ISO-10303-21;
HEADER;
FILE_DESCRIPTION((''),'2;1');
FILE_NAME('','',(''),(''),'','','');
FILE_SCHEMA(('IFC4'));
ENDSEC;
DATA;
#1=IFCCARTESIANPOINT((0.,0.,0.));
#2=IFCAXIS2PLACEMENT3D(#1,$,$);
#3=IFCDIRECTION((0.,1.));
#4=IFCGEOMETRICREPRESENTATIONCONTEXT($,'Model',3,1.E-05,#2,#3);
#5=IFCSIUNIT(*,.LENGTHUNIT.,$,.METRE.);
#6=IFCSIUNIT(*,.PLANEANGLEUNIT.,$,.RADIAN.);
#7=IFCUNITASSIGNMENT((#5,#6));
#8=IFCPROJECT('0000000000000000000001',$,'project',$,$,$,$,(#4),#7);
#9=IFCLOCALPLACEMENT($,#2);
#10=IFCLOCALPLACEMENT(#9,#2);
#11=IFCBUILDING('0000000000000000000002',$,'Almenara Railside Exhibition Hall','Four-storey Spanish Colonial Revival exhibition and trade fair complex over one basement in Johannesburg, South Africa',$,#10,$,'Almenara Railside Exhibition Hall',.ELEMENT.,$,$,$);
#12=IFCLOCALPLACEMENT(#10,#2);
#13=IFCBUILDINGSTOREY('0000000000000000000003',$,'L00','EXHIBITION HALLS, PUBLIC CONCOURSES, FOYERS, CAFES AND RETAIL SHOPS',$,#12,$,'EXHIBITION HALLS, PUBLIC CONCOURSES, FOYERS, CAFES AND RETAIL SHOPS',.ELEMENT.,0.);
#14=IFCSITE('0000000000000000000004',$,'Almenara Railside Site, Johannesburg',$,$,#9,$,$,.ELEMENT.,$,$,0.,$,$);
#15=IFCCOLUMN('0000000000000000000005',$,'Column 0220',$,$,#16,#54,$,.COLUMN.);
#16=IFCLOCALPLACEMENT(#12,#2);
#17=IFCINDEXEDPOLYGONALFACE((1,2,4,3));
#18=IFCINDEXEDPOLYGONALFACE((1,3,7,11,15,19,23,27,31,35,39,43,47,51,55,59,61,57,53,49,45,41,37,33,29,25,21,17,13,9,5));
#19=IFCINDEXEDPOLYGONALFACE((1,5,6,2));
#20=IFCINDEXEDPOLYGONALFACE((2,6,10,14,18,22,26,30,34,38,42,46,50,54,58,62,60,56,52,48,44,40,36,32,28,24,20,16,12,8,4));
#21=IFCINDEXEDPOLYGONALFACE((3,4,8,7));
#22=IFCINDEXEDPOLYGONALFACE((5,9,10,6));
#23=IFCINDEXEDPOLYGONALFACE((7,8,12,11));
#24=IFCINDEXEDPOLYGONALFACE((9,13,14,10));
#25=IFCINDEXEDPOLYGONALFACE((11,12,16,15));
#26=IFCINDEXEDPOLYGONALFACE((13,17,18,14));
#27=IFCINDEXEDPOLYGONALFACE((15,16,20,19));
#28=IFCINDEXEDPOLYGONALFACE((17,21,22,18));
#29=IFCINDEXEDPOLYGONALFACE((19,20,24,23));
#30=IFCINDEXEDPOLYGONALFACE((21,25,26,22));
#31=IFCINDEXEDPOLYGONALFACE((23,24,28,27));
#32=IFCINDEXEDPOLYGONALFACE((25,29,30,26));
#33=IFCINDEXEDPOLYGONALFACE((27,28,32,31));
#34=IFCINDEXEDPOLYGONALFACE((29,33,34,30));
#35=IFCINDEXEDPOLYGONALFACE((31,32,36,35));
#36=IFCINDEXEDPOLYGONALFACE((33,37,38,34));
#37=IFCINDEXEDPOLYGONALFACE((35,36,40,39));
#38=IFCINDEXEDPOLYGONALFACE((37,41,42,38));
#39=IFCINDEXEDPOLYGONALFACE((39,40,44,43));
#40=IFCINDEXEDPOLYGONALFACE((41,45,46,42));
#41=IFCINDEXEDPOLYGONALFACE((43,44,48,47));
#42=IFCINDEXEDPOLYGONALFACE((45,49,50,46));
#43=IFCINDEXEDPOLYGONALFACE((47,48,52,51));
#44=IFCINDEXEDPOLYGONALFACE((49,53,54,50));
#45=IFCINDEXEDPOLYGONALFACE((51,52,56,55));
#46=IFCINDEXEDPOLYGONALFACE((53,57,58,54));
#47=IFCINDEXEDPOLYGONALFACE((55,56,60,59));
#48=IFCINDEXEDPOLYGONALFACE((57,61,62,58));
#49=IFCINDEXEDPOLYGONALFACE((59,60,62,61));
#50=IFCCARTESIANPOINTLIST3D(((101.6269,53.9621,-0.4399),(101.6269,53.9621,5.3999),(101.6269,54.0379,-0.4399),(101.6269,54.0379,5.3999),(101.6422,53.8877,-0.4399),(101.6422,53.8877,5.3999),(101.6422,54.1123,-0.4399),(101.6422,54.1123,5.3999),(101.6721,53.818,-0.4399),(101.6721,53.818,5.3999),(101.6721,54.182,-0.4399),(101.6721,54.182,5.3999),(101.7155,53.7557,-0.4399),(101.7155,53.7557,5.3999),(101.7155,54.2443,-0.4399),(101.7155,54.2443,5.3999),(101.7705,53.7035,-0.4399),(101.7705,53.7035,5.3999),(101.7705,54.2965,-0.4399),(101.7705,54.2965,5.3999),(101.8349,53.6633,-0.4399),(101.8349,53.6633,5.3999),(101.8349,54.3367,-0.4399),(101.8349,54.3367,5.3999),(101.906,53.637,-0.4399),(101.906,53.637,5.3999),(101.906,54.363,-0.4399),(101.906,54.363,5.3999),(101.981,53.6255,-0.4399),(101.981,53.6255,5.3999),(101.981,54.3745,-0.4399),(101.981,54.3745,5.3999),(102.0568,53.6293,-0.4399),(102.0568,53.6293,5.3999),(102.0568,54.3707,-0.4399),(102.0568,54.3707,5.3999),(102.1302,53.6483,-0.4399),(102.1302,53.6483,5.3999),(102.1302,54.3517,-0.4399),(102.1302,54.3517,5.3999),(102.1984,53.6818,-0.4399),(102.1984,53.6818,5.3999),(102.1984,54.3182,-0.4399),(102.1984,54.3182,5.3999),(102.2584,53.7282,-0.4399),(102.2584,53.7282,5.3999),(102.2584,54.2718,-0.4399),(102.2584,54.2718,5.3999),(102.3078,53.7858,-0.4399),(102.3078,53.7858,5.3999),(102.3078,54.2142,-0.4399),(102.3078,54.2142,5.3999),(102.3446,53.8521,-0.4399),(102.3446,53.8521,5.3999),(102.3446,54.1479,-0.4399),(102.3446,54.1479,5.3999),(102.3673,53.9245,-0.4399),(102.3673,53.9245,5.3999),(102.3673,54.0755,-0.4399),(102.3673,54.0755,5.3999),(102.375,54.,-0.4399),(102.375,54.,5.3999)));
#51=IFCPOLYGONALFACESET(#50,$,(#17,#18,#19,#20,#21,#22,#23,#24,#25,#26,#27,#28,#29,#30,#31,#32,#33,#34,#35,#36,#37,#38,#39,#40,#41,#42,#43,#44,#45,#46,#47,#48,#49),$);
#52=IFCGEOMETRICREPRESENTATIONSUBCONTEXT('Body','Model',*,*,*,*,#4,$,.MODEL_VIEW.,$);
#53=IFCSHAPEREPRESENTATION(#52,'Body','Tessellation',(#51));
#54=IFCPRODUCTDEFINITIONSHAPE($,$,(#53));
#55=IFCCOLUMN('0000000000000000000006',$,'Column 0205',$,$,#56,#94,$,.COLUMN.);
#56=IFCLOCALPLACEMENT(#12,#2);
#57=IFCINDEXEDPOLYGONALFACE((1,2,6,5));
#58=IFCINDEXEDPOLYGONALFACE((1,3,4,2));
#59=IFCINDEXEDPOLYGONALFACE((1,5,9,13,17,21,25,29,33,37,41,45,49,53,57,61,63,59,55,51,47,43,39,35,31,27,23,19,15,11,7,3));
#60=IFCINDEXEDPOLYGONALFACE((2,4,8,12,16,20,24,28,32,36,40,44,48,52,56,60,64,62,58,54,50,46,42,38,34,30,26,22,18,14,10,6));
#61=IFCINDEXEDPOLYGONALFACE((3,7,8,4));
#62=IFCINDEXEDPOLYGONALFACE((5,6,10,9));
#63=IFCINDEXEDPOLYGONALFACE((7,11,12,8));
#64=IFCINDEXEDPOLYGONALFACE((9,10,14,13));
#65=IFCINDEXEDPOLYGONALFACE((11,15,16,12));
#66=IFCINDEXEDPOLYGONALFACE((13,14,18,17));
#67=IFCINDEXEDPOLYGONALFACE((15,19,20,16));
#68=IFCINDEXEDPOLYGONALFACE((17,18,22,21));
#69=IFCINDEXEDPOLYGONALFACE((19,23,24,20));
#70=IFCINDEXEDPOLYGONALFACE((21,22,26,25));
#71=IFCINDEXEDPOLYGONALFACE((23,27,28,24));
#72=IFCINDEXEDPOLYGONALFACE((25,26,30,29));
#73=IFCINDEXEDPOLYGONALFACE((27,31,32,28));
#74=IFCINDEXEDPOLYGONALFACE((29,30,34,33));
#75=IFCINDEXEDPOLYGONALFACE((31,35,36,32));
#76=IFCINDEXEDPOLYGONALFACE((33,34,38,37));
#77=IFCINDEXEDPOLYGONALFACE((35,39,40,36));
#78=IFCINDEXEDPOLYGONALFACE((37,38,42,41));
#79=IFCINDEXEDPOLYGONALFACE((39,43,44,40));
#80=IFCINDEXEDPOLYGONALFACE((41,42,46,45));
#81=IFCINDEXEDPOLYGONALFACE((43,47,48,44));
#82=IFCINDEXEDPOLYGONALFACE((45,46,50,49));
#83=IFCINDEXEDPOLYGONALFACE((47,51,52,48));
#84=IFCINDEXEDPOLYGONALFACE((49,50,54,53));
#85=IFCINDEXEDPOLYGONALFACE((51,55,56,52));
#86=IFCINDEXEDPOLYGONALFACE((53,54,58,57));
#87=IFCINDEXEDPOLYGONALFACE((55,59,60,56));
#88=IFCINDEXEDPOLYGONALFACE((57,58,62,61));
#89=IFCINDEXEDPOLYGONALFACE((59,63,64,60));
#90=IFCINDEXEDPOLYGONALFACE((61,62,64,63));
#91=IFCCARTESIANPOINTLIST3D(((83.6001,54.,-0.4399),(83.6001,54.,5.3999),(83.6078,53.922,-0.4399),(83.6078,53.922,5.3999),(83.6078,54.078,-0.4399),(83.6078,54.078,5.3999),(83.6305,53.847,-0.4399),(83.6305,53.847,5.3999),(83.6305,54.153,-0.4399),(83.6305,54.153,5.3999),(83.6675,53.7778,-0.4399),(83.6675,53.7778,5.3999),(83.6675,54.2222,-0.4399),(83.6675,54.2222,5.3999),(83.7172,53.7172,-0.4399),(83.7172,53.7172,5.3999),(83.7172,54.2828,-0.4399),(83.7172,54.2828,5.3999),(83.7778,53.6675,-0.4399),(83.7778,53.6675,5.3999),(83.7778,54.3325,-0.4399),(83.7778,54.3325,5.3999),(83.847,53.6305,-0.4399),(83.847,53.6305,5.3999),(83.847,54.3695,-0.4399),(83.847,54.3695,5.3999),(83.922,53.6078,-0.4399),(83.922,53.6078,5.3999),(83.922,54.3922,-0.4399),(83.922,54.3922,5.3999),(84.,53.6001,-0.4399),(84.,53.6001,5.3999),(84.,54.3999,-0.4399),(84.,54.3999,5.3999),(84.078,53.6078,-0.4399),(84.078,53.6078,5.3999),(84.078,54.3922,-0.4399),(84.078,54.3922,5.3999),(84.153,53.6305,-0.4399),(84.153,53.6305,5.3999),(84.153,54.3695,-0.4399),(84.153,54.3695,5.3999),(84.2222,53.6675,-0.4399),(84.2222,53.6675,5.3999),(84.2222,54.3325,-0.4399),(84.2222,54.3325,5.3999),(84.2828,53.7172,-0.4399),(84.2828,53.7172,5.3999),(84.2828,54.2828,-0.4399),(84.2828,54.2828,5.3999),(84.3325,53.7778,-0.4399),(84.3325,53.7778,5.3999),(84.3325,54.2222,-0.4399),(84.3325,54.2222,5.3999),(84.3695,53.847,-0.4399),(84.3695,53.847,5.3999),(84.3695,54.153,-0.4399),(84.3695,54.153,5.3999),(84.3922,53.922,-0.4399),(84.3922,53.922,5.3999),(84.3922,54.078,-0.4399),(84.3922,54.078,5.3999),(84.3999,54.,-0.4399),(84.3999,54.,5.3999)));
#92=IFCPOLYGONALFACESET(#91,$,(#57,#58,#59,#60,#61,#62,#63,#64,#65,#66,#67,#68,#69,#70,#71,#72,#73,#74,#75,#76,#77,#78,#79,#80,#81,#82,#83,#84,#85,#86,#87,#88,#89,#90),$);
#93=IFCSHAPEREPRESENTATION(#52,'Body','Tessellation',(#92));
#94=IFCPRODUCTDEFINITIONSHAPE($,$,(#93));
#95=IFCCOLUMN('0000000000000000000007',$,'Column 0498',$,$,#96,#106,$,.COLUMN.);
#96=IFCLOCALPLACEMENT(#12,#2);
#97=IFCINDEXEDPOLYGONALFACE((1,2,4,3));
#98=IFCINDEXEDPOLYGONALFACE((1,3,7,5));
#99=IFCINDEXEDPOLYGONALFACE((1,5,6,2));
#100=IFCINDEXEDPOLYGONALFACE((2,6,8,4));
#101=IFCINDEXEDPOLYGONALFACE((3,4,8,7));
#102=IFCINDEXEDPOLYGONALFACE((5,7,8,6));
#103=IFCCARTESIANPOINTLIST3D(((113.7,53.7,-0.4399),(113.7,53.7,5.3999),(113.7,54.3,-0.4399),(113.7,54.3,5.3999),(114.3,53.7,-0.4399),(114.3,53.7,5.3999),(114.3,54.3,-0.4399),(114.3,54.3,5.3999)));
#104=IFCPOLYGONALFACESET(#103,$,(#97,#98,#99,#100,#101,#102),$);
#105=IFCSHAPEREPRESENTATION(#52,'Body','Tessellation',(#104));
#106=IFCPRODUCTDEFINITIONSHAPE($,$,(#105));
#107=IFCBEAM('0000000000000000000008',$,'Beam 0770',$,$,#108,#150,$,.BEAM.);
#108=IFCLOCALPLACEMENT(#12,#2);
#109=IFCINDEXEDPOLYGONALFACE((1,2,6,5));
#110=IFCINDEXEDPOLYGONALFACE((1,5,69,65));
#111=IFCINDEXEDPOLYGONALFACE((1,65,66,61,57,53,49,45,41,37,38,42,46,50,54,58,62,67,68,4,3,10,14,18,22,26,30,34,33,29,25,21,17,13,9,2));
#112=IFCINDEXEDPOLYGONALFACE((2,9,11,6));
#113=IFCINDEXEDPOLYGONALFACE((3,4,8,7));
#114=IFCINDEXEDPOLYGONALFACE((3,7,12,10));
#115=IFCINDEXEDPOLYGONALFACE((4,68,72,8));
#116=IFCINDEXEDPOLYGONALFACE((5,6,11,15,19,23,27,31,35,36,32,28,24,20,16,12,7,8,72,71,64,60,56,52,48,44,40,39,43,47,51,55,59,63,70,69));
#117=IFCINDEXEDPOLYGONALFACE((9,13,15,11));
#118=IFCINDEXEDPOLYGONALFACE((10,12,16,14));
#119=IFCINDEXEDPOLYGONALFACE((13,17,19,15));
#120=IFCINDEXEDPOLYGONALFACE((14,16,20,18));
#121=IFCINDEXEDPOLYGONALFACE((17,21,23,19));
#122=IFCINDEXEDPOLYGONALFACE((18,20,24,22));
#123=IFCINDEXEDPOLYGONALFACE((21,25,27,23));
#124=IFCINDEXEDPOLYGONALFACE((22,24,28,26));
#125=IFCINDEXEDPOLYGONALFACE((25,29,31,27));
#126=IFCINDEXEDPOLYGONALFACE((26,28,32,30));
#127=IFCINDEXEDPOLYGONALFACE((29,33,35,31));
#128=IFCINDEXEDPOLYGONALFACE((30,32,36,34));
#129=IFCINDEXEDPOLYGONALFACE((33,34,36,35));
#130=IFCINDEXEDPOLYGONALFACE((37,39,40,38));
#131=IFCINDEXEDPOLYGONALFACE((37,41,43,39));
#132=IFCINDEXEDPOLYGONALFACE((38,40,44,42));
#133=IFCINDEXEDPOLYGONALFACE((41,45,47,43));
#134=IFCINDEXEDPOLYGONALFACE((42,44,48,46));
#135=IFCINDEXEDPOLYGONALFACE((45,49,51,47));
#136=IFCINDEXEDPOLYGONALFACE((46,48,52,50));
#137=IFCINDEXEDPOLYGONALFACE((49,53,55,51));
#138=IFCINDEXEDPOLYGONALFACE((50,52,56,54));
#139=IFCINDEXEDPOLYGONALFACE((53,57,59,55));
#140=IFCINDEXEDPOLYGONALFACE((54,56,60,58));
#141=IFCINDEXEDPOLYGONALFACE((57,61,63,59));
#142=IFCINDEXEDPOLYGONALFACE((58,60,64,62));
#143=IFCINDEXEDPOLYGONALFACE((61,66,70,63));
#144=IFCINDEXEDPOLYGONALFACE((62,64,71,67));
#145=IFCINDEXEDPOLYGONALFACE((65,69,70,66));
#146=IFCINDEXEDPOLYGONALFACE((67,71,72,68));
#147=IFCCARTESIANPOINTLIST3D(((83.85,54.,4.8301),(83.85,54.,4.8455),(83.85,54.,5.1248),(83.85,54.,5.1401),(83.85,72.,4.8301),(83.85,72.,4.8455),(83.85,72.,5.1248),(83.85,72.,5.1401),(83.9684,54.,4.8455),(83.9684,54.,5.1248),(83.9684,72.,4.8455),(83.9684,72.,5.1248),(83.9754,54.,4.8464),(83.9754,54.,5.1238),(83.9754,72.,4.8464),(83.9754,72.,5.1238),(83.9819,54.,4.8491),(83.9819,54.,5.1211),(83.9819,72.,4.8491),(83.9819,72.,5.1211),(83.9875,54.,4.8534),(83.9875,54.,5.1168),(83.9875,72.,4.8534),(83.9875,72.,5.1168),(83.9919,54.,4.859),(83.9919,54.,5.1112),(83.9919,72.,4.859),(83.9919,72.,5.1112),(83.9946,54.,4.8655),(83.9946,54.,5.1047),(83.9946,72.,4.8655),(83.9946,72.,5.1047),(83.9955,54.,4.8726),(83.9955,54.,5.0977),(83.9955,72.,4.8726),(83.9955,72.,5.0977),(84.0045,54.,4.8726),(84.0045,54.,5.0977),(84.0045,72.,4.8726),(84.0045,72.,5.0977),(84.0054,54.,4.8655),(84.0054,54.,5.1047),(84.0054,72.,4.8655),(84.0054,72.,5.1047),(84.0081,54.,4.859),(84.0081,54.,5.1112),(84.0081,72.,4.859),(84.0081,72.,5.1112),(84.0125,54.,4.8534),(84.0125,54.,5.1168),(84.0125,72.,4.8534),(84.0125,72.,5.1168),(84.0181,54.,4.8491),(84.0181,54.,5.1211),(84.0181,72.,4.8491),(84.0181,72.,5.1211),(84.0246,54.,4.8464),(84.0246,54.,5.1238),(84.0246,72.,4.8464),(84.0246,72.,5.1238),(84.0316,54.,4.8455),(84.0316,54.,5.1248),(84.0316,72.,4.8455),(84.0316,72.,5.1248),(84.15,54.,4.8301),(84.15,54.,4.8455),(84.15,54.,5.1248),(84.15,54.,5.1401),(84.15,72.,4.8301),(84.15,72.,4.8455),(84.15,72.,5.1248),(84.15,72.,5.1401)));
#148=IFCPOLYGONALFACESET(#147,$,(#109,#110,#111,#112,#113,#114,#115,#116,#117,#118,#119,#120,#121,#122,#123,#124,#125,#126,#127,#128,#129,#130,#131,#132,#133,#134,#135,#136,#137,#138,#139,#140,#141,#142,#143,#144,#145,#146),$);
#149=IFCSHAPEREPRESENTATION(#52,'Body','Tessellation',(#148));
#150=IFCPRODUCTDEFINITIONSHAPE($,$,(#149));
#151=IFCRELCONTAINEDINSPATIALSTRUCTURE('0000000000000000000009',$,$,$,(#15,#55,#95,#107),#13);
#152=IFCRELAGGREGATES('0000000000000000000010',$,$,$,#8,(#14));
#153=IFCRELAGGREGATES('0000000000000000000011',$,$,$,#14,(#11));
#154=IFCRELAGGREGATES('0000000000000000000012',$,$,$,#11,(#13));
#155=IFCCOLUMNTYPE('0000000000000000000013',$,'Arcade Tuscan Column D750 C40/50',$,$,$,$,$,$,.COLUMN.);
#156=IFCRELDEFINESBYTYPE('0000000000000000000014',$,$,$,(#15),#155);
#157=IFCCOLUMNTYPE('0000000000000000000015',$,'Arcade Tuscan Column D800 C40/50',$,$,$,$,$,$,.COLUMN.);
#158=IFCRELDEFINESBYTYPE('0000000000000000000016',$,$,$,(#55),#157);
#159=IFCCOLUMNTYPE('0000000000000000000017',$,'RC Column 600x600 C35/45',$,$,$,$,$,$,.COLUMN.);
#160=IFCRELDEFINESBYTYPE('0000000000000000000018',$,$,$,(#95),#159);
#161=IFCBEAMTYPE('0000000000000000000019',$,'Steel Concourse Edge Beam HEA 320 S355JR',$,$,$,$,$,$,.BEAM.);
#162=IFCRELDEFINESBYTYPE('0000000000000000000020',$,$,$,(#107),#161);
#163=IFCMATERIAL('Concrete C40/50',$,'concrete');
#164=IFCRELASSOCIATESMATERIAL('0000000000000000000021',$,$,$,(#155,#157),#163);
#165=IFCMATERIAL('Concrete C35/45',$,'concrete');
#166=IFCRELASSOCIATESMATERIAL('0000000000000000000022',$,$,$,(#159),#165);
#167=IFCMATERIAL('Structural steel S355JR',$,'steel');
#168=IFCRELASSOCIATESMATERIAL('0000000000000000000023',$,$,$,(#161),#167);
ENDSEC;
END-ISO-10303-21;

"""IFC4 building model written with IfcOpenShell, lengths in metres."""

from ifc_helpers import new_model, si_unit, direction, frame, origin, origin_2d, place, context, subcontext, project, spatial, rectangle, circle, i_section, extrude, material, material_profile, profile_set, type_object, element, save


model = new_model("IFC4")

# Units and contexts
model_context = context("Model", 3, precision=1e-05, world=origin(), true_north=direction((0.0, 1.0)))
body_context = subcontext(model_context, "Body", "Model", "MODEL_VIEW")
ifc_project = project(units=[si_unit("LENGTHUNIT", "METRE"), si_unit("PLANEANGLEUNIT", "RADIAN")], contexts=[model_context])

# Site, building, storey
site_placement = place(None, origin())
site = spatial("IfcSite", under=ifc_project, at=site_placement, Name="Almenara Railside Site, Johannesburg", CompositionType="ELEMENT", RefElevation=0.0)
building_placement = place(site_placement, origin())
building = spatial("IfcBuilding", under=site, at=building_placement, Name="Almenara Railside Exhibition Hall", Description="Four-storey Spanish Colonial Revival exhibition and trade fair complex over one basement in Johannesburg, South Africa", LongName="Almenara Railside Exhibition Hall", CompositionType="ELEMENT")
storey_placement = place(building_placement, origin())
storey = spatial("IfcBuildingStorey", under=building, at=storey_placement, Name="L00", Description="EXHIBITION HALLS, PUBLIC CONCOURSES, FOYERS, CAFES AND RETAIL SHOPS", LongName="EXHIBITION HALLS, PUBLIC CONCOURSES, FOYERS, CAFES AND RETAIL SHOPS", CompositionType="ELEMENT", Elevation=0.0)

# Shared definitions
ifc_material_1 = material(Name="Concrete C40/50", Category="concrete")

# Columns
ifc_material_profile_1 = material_profile(ifc_material_1, circle(Radius=0.375, at=origin_2d()), Name="RC-COL D750")
ifc_profile_set_1 = profile_set([ifc_material_profile_1], Name="Concrete C40/50")
column_type_1 = type_object("IfcColumnType", Name="Arcade Tuscan Column D750 C40/50", PredefinedType="COLUMN", material=ifc_profile_set_1)
column_1_placement = place(storey_placement, frame((102.0, 54.0, -0.4399), z_axis=(0.0, 0.0, 1.0), x_axis=(1.0, 0.0, 0.0)))
element("IfcColumn", 1, at=column_1_placement, inside=storey, type_object=column_type_1, Name="Column 0220", PredefinedType="COLUMN", context=body_context, shape_type="SweptSolid", body=[
    extrude(circle(Radius=0.375, at=origin_2d()), origin(), (0.0, 0.0, 1.0), 5.8398),
])
ifc_material_profile_2 = material_profile(ifc_material_1, circle(Radius=0.3999, at=origin_2d()), Name="RC-COL D800")
ifc_profile_set_2 = profile_set([ifc_material_profile_2], Name="Concrete C40/50")
column_type_2 = type_object("IfcColumnType", Name="Arcade Tuscan Column D800 C40/50", PredefinedType="COLUMN", material=ifc_profile_set_2)
column_2_placement = place(storey_placement, frame((84.0, 54.0, -0.4399), z_axis=(0.0, 0.0, 1.0), x_axis=(1.0, 0.0, 0.0)))
element("IfcColumn", 2, at=column_2_placement, inside=storey, type_object=column_type_2, Name="Column 0205", PredefinedType="COLUMN", context=body_context, shape_type="SweptSolid", body=[
    extrude(circle(Radius=0.3999, at=origin_2d()), origin(), (0.0, 0.0, 1.0), 5.8398),
])
ifc_material_2 = material(Name="Concrete C35/45", Category="concrete")
ifc_material_profile_3 = material_profile(ifc_material_2, rectangle(XDim=0.6001, YDim=0.6001, at=origin_2d()), Name="RC 600x600")
ifc_profile_set_3 = profile_set([ifc_material_profile_3], Name="Concrete C35/45")
column_type_3 = type_object("IfcColumnType", Name="RC Column 600x600 C35/45", PredefinedType="COLUMN", material=ifc_profile_set_3)
column_3_placement = place(storey_placement, frame((114.0, 54.0, -0.4399), z_axis=(0.0, 0.0, 1.0), x_axis=(1.0, 0.0, 0.0)))
element("IfcColumn", 3, at=column_3_placement, inside=storey, type_object=column_type_3, Name="Column 0498", PredefinedType="COLUMN", context=body_context, shape_type="SweptSolid", body=[
    extrude(rectangle(XDim=0.6001, YDim=0.6001, at=origin_2d()), origin(), (0.0, 0.0, 1.0), 5.8398),
])

# Beam
ifc_material_3 = material(Name="Structural steel S355JR", Category="steel")
ifc_material_profile_4 = material_profile(ifc_material_3, i_section(OverallWidth=0.3, OverallDepth=0.3101, WebThickness=0.009, FlangeThickness=0.0154, FilletRadius=0.0271, at=origin_2d()), Name="HEA 320")
ifc_profile_set_4 = profile_set([ifc_material_profile_4], Name="Structural steel S355JR")
beam_type_1 = type_object("IfcBeamType", Name="Steel Concourse Edge Beam HEA 320 S355JR", PredefinedType="BEAM", material=ifc_profile_set_4)
beam_placement = place(storey_placement, frame((84.0, 54.0, 4.9851), z_axis=(0.0, 1.0, 0.0), x_axis=(-1.0, 0.0, 0.0)))
element("IfcBeam", 4, at=beam_placement, inside=storey, type_object=beam_type_1, Name="Beam 0770", PredefinedType="BEAM", context=body_context, shape_type="SweptSolid", body=[
    extrude(i_section(OverallWidth=0.3, OverallDepth=0.3101, WebThickness=0.009, FlangeThickness=0.0154, FilletRadius=0.0271, at=origin_2d()), origin(), (0.0, 0.0, 1.0), 18.0),
])

save(model, "model.ifc")
